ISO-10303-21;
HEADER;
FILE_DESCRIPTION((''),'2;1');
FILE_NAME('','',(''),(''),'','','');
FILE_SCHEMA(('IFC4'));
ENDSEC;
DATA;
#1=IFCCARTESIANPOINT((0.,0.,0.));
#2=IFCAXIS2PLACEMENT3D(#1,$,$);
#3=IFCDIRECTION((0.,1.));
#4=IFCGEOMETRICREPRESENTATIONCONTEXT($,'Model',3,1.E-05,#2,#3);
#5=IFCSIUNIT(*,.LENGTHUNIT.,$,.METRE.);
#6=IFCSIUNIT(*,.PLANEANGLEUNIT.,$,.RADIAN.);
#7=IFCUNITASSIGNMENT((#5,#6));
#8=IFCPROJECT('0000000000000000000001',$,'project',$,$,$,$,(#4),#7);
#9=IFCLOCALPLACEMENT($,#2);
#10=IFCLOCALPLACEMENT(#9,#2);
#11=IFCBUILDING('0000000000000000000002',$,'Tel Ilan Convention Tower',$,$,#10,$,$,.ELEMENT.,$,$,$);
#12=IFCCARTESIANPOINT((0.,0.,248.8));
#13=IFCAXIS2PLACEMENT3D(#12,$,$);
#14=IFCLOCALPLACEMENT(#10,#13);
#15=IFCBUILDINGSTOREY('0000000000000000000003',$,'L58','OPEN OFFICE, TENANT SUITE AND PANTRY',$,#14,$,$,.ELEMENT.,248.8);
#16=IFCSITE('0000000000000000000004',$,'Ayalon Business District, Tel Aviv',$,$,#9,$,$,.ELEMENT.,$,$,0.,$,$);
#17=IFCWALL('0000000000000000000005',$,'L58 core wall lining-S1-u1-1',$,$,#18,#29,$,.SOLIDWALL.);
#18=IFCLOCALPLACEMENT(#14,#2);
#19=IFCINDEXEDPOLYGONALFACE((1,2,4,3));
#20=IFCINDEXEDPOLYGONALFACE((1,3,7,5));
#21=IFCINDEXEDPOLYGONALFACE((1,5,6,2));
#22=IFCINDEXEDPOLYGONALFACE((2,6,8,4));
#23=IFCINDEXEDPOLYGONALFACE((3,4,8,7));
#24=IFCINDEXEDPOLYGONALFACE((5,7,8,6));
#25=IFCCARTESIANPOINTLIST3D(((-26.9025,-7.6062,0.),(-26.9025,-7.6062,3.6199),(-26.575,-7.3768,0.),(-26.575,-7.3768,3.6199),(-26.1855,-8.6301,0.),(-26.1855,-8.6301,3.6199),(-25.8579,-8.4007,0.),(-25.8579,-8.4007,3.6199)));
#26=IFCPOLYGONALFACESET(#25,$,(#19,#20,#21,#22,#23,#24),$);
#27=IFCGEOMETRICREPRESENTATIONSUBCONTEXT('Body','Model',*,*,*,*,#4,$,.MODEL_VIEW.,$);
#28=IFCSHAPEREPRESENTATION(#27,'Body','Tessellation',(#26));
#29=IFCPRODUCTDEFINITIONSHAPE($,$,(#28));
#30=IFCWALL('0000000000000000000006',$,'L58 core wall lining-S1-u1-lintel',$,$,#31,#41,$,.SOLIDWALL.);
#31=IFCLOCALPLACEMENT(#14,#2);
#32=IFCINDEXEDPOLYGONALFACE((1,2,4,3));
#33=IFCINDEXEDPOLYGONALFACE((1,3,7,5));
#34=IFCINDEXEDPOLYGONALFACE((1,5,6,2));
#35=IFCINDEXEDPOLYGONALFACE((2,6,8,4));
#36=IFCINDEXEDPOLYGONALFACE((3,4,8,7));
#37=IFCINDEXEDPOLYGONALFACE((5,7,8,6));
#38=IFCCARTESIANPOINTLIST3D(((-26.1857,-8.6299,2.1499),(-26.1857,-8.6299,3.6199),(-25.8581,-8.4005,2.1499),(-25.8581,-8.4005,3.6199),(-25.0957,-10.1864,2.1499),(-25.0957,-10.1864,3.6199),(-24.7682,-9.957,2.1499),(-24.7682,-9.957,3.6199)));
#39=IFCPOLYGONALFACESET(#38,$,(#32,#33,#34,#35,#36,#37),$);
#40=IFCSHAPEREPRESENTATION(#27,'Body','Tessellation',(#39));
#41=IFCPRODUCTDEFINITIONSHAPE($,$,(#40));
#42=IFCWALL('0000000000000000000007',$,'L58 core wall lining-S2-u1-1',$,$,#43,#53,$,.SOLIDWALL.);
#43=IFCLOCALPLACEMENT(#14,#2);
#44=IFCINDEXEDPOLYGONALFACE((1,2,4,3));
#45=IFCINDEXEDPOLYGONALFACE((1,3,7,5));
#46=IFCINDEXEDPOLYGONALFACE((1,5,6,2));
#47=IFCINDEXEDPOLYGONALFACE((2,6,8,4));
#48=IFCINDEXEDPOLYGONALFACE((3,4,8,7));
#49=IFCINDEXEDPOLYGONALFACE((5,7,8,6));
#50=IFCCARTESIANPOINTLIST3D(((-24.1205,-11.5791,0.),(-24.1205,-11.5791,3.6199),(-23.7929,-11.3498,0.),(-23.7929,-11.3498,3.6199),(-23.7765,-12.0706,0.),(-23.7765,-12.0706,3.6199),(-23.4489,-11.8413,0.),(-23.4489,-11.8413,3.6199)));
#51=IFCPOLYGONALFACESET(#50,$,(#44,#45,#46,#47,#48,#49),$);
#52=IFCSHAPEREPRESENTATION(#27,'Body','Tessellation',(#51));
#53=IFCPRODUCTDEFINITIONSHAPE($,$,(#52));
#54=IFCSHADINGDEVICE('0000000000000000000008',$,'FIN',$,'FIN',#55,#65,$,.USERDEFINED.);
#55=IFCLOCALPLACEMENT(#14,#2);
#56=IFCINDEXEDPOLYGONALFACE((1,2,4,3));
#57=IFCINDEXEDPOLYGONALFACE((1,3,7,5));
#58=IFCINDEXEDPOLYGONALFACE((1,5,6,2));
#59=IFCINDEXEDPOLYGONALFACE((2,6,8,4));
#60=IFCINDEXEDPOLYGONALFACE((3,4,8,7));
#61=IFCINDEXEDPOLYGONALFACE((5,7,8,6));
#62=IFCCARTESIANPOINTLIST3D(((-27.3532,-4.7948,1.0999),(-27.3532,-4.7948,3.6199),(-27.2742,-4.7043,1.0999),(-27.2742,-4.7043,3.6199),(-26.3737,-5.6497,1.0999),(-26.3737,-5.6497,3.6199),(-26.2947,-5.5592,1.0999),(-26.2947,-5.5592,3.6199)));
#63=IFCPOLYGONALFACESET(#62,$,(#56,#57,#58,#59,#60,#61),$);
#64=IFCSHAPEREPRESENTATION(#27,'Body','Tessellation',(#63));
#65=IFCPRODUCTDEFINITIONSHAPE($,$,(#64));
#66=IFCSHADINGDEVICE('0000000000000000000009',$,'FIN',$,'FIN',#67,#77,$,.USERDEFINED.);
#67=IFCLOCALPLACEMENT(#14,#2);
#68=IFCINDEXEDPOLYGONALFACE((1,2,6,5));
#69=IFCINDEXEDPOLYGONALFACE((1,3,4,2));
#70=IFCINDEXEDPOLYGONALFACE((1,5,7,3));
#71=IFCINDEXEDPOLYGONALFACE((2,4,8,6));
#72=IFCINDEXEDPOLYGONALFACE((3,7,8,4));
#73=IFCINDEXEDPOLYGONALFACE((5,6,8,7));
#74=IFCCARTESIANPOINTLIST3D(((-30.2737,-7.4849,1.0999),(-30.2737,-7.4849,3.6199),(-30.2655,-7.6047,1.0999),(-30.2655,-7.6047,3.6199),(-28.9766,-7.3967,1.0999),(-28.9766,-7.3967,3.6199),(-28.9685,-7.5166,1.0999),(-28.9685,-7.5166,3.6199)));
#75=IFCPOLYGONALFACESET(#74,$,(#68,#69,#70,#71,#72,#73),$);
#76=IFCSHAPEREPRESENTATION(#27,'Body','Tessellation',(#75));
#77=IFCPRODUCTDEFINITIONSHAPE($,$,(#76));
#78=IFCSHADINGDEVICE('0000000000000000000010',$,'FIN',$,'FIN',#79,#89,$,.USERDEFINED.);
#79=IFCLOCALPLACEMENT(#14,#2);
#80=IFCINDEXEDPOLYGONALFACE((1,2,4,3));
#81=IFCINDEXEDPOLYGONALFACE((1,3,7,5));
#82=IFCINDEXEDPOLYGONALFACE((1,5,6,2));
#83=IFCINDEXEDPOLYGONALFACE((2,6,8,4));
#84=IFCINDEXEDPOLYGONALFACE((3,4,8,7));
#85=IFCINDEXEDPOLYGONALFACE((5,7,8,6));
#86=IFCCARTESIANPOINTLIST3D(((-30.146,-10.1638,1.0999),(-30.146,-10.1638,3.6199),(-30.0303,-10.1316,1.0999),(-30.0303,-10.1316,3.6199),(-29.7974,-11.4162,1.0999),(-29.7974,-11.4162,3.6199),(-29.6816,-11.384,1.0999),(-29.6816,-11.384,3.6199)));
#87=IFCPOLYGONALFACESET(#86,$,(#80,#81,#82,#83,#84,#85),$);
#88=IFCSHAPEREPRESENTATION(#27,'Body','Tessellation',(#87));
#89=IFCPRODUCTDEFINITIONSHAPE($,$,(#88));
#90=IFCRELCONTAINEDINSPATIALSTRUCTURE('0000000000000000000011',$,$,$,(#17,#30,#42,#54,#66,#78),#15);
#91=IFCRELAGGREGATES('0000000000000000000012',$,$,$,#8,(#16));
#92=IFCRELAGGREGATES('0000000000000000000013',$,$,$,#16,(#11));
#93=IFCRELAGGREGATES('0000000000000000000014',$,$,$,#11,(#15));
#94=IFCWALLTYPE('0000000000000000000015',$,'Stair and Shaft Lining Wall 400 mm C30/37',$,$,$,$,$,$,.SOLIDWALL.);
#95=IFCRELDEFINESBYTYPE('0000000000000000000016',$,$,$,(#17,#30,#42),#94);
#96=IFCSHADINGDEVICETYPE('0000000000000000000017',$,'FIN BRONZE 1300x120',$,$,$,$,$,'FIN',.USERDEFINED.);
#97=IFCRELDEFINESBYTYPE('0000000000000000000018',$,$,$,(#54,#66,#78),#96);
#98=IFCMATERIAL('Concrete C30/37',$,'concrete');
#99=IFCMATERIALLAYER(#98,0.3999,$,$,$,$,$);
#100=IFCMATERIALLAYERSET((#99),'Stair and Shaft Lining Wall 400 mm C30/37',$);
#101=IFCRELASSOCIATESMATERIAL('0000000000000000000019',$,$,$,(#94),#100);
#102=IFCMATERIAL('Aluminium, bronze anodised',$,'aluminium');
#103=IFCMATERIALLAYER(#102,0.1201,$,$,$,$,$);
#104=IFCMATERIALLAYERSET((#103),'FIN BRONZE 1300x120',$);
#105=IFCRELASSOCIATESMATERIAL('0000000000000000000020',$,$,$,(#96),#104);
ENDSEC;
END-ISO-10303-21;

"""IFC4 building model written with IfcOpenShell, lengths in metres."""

from ifc_helpers import new_model, si_unit, direction, frame, frame_2d, origin, origin_2d, place, context, subcontext, project, spatial, rectangle, extrude, material, layer, layer_set, type_object, element, save


model = new_model("IFC4")

# Units and contexts
model_context = context("Model", 3, precision=1e-05, world=origin(), true_north=direction((0.0, 1.0)))
body_context = subcontext(model_context, "Body", "Model", "MODEL_VIEW")
ifc_project = project(units=[si_unit("LENGTHUNIT", "METRE"), si_unit("PLANEANGLEUNIT", "RADIAN")], contexts=[model_context])

# Site, building, storey
site_placement = place(None, origin())
site = spatial("IfcSite", under=ifc_project, at=site_placement, Name="Ayalon Business District, Tel Aviv", CompositionType="ELEMENT", RefElevation=0.0)
building_placement = place(site_placement, origin())
building = spatial("IfcBuilding", under=site, at=building_placement, Name="Tel Ilan Convention Tower", CompositionType="ELEMENT")
storey_placement = place(building_placement, frame((0.0, 0.0, 248.8)))
storey = spatial("IfcBuildingStorey", under=building, at=storey_placement, Name="L58", Description="OPEN OFFICE, TENANT SUITE AND PANTRY", CompositionType="ELEMENT", Elevation=248.8)

# Walls
ifc_material_1 = material(Name="Concrete C30/37", Category="concrete")
ifc_layer_1 = layer(ifc_material_1, 0.3999)
ifc_layer_set_1 = layer_set([ifc_layer_1], Name="Stair and Shaft Lining Wall 400 mm C30/37")
wall_type_1 = type_object("IfcWallType", Name="Stair and Shaft Lining Wall 400 mm C30/37", PredefinedType="SOLIDWALL", material=ifc_layer_set_1)
wall_1_placement = place(storey_placement, frame((-26.0217, -8.5154, 0.0), z_axis=(0.0, 0.0, 1.0), x_axis=(-0.57362, 0.819122, 0.0)))
element("IfcWall", 1, at=wall_1_placement, inside=storey, type_object=wall_type_1, Name="L58 core wall lining-S1-u1-1", PredefinedType="SOLIDWALL", context=body_context, shape_type="SweptSolid", body=[
    extrude(rectangle(XDim=1.25, YDim=0.3999, at=frame_2d((0.625, 0.0))), origin(), (0.0, 0.0, 1.0), 3.6199),
])
wall_2_placement = place(storey_placement, frame((-24.9319, -10.0718, 2.1499), z_axis=(0.0, 0.0, 1.0), x_axis=(-0.573592, 0.819141, 0.0)))
element("IfcWall", 2, at=wall_2_placement, inside=storey, type_object=wall_type_1, Name="L58 core wall lining-S1-u1-lintel", PredefinedType="SOLIDWALL", context=body_context, shape_type="SweptSolid", body=[
    extrude(rectangle(XDim=1.9001, YDim=0.3999, at=frame_2d((0.9502, 0.0))), origin(), (0.0, 0.0, 1.0), 1.47),
])
wall_3_placement = place(storey_placement, frame((-23.6128, -11.9558, 0.0), z_axis=(0.0, 0.0, 1.0), x_axis=(-0.573435, 0.819251, 0.0)))
element("IfcWall", 3, at=wall_3_placement, inside=storey, type_object=wall_type_1, Name="L58 core wall lining-S2-u1-1", PredefinedType="SOLIDWALL", context=body_context, shape_type="SweptSolid", body=[
    extrude(rectangle(XDim=0.5999, YDim=0.3999, at=frame_2d((0.2998, 0.0))), origin(), (0.0, 0.0, 1.0), 3.6199),
])

# Shading devices
ifc_material_2 = material(Name="Aluminium, bronze anodised", Category="aluminium")
ifc_layer_2 = layer(ifc_material_2, 0.1201)
ifc_layer_set_2 = layer_set([ifc_layer_2], Name="FIN BRONZE 1300x120")
shading_device_type = type_object("IfcShadingDeviceType", Name="FIN BRONZE 1300x120", ElementType="FIN", PredefinedType="USERDEFINED", material=ifc_layer_set_2)
for number, where, z_axis, x_axis, name in (
    (4, (-26.824, -5.177, 1.0999), (0.0, 0.0, 1.0), (-0.753436, 0.657521, 0.0), "FIN"),
    (5, (-29.6211, -7.5007, 1.0999), (0.0, 0.0, 1.0), (-0.997697, -0.067822, 0.0), "FIN"),
    (6, (-29.9138, -10.7739, 1.0999), (0.0, 0.0, 1.0), (-0.268173, 0.963371, 0.0), "FIN"),
):
    element("IfcShadingDevice", number, at=place(storey_placement, frame(where, z_axis=z_axis, x_axis=x_axis)), inside=storey, type_object=shading_device_type, Name=name, ObjectType="FIN", PredefinedType="USERDEFINED", context=body_context, shape_type="SweptSolid", body=[
        extrude(rectangle(XDim=1.3, YDim=0.1201, at=origin_2d()), origin(), (0.0, 0.0, 1.0), 2.52),
    ])

save(model, "model.ifc")
